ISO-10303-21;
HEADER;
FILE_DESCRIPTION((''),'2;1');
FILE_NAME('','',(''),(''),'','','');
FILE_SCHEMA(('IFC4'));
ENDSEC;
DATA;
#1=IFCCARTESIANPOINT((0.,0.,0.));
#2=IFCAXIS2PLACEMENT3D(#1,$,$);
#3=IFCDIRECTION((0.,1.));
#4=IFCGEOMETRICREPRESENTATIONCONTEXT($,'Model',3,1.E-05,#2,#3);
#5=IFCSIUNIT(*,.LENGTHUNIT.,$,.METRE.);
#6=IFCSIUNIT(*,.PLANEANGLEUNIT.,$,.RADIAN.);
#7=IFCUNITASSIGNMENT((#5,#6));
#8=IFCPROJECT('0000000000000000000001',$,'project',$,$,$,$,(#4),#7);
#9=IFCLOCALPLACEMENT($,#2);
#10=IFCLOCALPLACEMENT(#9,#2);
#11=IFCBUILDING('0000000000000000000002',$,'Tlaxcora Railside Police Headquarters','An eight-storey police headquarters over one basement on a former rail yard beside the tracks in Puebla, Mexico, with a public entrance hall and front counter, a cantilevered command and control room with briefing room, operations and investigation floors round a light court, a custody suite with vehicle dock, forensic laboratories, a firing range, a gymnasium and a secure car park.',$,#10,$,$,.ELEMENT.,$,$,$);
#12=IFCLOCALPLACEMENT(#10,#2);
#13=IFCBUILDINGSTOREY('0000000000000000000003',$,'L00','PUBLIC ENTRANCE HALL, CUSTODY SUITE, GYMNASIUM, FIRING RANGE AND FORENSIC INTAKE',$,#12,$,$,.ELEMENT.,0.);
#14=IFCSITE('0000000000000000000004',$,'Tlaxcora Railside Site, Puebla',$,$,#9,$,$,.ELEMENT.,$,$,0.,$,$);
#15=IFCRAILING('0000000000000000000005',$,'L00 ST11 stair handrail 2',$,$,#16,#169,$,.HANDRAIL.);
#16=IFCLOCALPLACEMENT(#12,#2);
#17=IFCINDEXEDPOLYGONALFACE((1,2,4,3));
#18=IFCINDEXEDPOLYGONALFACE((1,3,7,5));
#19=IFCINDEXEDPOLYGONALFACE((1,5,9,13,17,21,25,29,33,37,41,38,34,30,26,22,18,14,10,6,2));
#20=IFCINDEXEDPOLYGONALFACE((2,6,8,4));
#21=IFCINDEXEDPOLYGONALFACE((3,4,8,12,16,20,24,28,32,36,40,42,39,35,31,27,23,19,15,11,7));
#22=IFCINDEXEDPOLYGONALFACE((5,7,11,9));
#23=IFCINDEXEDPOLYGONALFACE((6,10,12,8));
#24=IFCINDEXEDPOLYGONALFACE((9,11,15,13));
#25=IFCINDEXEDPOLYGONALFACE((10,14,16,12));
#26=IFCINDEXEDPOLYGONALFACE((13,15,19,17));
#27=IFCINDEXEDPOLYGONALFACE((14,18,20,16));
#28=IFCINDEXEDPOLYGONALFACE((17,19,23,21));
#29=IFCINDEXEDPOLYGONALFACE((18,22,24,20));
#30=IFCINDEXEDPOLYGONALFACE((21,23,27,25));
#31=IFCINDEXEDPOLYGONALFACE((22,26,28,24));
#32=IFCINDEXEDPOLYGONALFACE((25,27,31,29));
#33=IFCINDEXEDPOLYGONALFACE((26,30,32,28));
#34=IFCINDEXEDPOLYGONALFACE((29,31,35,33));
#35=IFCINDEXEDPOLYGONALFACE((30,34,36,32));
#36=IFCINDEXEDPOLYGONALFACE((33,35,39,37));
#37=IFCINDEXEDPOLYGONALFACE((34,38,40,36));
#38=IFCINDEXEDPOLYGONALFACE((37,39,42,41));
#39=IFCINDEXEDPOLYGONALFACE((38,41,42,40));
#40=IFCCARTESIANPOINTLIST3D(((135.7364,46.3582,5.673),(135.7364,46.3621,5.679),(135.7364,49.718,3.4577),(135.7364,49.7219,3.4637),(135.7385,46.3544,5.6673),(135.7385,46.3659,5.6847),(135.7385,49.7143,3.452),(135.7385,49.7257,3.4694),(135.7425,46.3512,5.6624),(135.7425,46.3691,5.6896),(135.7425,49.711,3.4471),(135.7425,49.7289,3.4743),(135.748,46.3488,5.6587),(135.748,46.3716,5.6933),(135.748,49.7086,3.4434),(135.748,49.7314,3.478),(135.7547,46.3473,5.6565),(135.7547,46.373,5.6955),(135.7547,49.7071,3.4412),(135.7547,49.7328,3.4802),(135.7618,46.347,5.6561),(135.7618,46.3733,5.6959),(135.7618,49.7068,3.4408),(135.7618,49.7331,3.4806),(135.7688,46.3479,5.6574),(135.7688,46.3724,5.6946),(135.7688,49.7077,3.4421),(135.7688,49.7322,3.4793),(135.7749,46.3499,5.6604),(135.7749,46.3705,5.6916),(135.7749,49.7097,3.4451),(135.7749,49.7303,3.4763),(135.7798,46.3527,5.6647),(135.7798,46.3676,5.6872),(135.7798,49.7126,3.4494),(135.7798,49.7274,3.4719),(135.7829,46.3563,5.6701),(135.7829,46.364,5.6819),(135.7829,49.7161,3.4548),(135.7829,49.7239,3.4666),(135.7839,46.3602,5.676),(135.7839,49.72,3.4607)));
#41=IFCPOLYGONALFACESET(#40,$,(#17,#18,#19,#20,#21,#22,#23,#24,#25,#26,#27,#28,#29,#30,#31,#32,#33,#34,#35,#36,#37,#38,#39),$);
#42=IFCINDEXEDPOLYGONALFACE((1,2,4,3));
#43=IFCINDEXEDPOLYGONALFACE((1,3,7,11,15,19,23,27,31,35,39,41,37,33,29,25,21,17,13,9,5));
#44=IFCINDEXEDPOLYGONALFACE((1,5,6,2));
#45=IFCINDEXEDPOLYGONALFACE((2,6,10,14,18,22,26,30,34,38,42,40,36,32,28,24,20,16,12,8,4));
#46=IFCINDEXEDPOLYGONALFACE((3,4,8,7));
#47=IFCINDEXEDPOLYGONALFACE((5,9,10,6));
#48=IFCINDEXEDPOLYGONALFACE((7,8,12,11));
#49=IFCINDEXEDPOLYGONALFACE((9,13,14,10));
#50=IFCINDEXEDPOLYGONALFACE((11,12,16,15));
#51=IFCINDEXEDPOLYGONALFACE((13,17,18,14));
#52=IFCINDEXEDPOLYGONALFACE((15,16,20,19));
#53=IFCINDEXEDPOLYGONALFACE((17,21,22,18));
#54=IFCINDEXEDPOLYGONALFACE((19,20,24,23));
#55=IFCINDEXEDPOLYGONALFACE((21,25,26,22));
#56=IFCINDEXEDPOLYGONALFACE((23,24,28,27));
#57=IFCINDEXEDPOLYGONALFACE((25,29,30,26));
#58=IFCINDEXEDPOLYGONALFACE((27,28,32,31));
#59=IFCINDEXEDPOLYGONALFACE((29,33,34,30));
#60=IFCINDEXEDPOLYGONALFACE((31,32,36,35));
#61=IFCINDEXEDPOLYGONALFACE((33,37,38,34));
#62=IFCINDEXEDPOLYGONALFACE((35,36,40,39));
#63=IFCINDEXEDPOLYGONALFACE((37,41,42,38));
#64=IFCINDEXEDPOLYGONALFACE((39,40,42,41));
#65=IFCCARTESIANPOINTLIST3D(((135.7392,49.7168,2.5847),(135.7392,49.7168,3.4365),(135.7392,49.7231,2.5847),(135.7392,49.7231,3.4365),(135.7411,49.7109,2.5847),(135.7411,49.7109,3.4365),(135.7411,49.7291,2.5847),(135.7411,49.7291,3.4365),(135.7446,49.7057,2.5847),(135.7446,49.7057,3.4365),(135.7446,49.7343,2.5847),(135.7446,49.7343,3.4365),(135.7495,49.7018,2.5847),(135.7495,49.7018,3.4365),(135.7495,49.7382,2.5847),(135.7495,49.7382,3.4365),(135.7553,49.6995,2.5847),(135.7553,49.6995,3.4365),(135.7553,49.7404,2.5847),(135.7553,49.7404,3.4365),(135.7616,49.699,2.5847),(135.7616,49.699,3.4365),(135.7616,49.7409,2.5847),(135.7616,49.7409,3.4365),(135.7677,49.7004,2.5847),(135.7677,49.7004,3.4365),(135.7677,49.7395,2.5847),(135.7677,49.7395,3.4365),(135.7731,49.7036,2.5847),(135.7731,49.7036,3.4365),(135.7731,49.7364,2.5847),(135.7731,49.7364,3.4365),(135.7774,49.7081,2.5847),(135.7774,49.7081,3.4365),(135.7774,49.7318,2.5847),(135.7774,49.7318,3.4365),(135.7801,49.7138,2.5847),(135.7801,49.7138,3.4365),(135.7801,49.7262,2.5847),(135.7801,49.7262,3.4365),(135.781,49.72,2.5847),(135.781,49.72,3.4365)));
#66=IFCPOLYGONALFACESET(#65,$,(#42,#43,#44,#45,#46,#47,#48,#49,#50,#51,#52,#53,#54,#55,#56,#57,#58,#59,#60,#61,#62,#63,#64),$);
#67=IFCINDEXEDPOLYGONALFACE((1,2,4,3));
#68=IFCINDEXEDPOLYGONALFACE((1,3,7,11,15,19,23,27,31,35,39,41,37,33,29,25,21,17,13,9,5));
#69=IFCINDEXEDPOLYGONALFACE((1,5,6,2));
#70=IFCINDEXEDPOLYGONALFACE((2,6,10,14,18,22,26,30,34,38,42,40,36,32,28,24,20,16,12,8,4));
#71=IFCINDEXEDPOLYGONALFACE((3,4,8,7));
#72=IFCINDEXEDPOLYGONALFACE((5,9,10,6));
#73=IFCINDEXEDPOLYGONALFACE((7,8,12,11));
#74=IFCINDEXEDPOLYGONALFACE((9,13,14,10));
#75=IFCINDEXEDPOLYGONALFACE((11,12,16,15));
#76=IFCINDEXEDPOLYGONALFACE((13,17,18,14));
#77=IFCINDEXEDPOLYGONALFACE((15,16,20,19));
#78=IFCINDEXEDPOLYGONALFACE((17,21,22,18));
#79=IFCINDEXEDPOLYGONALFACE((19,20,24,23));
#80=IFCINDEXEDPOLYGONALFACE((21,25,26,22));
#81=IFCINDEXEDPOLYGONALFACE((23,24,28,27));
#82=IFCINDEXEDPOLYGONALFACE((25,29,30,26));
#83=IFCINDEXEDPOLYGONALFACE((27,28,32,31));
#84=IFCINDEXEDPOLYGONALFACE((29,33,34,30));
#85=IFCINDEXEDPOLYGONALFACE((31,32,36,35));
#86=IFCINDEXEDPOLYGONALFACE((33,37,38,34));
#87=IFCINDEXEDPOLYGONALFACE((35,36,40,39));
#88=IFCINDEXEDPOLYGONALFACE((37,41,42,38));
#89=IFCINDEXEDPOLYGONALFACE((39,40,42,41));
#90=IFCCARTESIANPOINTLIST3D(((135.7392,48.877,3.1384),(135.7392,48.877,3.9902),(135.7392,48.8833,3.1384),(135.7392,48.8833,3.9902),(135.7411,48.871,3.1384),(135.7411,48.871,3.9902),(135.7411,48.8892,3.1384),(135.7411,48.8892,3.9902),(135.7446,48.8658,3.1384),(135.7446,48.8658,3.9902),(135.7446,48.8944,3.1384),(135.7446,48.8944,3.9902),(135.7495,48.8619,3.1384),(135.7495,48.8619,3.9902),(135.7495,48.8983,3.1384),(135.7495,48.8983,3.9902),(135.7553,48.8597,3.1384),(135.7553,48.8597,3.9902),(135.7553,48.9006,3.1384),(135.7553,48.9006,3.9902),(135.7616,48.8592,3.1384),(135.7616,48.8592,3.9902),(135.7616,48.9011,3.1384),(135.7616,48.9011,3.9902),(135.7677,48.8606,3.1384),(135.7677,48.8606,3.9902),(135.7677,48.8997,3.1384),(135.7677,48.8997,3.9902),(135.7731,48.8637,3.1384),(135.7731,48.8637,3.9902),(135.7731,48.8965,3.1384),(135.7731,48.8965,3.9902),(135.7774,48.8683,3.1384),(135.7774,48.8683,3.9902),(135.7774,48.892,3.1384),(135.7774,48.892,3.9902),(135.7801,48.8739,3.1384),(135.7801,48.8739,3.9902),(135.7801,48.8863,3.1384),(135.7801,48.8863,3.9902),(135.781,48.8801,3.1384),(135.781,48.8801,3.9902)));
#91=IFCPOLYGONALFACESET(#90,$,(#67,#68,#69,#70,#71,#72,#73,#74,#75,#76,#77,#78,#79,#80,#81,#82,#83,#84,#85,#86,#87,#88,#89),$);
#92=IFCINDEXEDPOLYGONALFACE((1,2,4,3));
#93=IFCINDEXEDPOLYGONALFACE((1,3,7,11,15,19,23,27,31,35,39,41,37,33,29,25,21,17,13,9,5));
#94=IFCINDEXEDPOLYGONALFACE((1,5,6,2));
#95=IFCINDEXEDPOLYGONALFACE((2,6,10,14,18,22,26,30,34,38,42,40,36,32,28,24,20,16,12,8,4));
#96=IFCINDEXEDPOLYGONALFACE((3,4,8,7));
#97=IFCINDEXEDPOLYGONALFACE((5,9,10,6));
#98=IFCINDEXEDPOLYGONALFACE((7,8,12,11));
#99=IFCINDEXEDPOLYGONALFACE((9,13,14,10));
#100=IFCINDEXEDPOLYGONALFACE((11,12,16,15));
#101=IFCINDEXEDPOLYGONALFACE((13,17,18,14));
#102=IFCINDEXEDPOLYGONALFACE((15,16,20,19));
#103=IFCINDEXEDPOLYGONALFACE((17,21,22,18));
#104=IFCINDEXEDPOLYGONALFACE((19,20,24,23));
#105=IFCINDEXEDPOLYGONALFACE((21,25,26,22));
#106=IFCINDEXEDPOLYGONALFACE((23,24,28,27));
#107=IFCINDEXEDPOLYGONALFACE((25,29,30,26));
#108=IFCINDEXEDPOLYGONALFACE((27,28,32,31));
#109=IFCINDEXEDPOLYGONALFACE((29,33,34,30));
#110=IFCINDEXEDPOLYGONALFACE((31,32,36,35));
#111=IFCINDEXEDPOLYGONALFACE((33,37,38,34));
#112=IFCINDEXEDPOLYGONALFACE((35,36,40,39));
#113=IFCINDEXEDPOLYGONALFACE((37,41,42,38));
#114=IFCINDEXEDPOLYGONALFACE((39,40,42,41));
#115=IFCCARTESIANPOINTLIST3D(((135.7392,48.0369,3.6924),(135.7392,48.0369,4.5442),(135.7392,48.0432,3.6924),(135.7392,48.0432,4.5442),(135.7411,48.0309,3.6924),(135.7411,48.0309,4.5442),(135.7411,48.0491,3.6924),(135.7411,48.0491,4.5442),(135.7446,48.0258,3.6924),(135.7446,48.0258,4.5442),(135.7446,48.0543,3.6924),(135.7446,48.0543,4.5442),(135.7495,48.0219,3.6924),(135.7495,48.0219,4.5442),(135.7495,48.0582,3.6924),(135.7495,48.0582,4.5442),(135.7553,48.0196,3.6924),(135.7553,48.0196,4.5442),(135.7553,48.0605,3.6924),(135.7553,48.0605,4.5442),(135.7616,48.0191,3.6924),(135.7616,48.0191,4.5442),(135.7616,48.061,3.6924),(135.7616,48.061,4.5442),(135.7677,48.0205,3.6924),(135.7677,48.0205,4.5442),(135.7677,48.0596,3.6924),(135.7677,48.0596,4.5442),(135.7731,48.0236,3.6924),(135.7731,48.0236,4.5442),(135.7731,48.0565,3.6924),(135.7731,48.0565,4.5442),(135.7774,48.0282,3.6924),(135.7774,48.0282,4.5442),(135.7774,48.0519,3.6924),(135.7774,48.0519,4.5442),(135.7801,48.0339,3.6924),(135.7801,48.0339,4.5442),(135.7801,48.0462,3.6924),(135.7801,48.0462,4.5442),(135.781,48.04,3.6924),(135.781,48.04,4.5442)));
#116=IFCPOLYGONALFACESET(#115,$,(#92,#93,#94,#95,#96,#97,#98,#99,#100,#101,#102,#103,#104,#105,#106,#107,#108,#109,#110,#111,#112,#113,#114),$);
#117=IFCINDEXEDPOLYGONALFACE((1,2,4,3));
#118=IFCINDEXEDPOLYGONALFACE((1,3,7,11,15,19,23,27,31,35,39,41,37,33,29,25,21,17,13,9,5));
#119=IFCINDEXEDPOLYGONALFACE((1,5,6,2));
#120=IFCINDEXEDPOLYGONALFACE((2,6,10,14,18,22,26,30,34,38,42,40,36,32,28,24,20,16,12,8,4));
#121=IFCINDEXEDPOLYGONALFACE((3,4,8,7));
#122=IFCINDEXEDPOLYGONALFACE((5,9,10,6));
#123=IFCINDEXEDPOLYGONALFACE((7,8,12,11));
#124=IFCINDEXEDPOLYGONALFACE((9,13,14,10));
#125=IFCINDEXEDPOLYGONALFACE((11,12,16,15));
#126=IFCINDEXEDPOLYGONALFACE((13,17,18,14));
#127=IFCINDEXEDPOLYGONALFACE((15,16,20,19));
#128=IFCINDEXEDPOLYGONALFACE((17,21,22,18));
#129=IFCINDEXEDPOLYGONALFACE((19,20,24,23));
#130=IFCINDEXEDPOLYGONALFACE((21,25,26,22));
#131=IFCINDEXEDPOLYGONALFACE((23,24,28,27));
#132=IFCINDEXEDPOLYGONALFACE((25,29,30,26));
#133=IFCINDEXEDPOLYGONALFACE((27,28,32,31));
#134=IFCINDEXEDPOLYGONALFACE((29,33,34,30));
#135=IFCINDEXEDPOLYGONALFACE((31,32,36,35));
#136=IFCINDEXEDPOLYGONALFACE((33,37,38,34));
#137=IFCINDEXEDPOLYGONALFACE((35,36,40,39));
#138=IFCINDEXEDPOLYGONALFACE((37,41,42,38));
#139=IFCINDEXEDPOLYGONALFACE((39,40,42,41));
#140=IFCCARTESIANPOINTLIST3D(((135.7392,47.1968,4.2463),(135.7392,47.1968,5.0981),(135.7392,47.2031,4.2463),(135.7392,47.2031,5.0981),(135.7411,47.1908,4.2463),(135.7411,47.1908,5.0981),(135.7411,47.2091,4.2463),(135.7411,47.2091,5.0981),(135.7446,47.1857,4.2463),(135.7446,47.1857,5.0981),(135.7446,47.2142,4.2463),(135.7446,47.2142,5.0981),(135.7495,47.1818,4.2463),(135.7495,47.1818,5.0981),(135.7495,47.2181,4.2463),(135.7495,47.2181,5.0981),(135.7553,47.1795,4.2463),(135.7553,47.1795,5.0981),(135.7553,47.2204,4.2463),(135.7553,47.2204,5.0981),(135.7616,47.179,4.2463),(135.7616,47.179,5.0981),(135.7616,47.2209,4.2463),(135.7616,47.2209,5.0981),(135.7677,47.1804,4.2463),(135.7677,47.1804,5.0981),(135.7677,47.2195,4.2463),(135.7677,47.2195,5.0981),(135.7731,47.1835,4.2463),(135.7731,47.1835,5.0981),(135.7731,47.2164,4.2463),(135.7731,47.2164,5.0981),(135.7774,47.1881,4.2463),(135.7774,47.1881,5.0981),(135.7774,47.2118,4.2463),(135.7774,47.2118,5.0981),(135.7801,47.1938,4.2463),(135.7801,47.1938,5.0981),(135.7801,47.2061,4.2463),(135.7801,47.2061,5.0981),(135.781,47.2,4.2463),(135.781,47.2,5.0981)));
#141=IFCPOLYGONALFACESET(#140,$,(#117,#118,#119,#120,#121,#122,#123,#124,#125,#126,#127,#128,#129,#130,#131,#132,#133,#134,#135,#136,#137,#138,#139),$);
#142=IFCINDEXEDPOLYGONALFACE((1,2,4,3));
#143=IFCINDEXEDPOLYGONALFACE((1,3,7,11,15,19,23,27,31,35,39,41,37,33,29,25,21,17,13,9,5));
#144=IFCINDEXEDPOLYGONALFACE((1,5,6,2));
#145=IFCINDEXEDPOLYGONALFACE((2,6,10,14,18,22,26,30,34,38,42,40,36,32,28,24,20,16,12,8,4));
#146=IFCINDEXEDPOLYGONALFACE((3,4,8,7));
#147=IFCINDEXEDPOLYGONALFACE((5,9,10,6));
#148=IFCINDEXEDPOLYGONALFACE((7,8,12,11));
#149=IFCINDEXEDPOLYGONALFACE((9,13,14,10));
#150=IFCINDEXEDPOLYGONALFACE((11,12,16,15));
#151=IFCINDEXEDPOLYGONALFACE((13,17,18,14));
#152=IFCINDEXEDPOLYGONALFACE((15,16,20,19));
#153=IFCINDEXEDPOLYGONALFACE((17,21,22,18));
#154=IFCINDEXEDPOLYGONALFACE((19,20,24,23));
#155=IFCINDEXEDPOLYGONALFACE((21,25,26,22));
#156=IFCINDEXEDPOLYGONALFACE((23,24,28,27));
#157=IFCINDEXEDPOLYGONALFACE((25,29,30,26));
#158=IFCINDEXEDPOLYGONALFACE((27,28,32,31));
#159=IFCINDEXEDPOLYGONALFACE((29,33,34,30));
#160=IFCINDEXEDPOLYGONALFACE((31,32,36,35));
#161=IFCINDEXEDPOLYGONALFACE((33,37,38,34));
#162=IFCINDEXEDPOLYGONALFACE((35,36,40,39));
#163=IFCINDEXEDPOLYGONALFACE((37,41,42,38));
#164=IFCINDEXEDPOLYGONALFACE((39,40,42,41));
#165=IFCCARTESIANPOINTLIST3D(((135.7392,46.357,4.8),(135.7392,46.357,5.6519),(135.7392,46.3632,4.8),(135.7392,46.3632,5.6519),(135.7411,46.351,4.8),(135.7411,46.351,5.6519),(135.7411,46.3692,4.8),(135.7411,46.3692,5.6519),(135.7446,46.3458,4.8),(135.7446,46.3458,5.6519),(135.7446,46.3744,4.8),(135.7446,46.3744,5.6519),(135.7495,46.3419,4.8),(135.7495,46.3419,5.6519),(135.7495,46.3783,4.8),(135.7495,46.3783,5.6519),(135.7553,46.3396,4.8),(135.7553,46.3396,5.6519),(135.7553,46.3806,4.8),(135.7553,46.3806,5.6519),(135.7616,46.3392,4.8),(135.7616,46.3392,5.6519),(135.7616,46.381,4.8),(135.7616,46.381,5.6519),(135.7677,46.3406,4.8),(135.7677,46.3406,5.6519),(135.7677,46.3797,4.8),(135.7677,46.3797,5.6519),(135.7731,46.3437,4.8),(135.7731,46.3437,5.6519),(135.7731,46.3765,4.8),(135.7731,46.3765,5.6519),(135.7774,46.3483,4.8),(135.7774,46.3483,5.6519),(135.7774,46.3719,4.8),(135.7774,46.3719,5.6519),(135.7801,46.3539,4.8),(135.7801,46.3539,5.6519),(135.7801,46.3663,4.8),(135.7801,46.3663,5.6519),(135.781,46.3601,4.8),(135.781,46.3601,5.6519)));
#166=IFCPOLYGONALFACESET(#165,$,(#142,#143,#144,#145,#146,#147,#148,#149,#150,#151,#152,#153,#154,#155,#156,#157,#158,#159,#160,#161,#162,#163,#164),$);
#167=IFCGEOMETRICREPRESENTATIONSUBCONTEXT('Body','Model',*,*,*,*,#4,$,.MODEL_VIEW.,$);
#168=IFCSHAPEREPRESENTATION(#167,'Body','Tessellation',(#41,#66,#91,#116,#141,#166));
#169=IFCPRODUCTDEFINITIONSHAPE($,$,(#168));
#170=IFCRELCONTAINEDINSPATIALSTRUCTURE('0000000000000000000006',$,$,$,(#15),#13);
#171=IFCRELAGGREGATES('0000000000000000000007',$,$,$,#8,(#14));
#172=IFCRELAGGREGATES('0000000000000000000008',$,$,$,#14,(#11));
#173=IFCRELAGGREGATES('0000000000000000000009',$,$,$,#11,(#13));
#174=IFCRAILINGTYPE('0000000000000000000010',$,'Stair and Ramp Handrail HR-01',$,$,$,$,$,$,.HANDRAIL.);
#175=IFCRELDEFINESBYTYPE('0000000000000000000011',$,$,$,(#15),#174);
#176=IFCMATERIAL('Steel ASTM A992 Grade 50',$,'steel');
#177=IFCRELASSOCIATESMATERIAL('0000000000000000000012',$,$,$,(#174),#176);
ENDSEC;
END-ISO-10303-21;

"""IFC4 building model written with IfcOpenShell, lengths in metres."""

from ifc_helpers import new_model, si_unit, direction, frame, origin, origin_2d, place, context, subcontext, project, spatial, circle, extrude, material, type_object, element, save


model = new_model("IFC4")

# Units and contexts
model_context = context("Model", 3, precision=1e-05, world=origin(), true_north=direction((0.0, 1.0)))
body_context = subcontext(model_context, "Body", "Model", "MODEL_VIEW")
ifc_project = project(units=[si_unit("LENGTHUNIT", "METRE"), si_unit("PLANEANGLEUNIT", "RADIAN")], contexts=[model_context])

# Site, building, storey
site_placement = place(None, origin())
site = spatial("IfcSite", under=ifc_project, at=site_placement, Name="Tlaxcora Railside Site, Puebla", CompositionType="ELEMENT", RefElevation=0.0)
building_placement = place(site_placement, origin())
building = spatial("IfcBuilding", under=site, at=building_placement, Name="Tlaxcora Railside Police Headquarters", Description="An eight-storey police headquarters over one basement on a former rail yard beside the tracks in Puebla, Mexico, with a public entrance hall and front counter, a cantilevered command and control room with briefing room, operations and investigation floors round a light court, a custody suite with vehicle dock, forensic laboratories, a firing range, a gymnasium and a secure car park.", CompositionType="ELEMENT")
storey_placement = place(building_placement, origin())
storey = spatial("IfcBuildingStorey", under=building, at=storey_placement, Name="L00", Description="PUBLIC ENTRANCE HALL, CUSTODY SUITE, GYMNASIUM, FIRING RANGE AND FORENSIC INTAKE", CompositionType="ELEMENT", Elevation=0.0)

# Shared definitions
ifc_material_1 = material(Name="Steel ASTM A992 Grade 50", Category="steel")

# Railing
railing_type_1 = type_object("IfcRailingType", Name="Stair and Ramp Handrail HR-01", PredefinedType="HANDRAIL", material=ifc_material_1)
railing_1_placement = place(storey_placement, frame((135.76, 49.72, 2.5847)))
element("IfcRailing", 1, at=railing_1_placement, inside=storey, type_object=railing_type_1, Name="L00 ST11 stair handrail 2", PredefinedType="HANDRAIL", context=body_context, shape_type="SweptSolid", body=[
    extrude(circle(Radius=0.0239, at=origin_2d()), frame((0.0, 0.0, 0.876), z_axis=(0.0, -0.834858, 0.550465), x_axis=(1.0, 0.0, 0.0)), (0.0, 0.0, 1.0), 4.0244),
    extrude(circle(Radius=0.021, at=origin_2d()), origin(), (0.0, 0.0, 1.0), 0.8518),
    extrude(circle(Radius=0.021, at=origin_2d()), frame((0.0, -0.8398, 0.5537)), (0.0, 0.0, 1.0), 0.8518),
    extrude(circle(Radius=0.021, at=origin_2d()), frame((0.0, -1.6799, 1.1077)), (0.0, 0.0, 1.0), 0.8518),
    extrude(circle(Radius=0.021, at=origin_2d()), frame((0.0, -2.52, 1.6616)), (0.0, 0.0, 1.0), 0.8518),
    extrude(circle(Radius=0.021, at=origin_2d()), frame((0.0, -3.3599, 2.2153)), (0.0, 0.0, 1.0), 0.8518),
])

save(model, "model.ifc")
